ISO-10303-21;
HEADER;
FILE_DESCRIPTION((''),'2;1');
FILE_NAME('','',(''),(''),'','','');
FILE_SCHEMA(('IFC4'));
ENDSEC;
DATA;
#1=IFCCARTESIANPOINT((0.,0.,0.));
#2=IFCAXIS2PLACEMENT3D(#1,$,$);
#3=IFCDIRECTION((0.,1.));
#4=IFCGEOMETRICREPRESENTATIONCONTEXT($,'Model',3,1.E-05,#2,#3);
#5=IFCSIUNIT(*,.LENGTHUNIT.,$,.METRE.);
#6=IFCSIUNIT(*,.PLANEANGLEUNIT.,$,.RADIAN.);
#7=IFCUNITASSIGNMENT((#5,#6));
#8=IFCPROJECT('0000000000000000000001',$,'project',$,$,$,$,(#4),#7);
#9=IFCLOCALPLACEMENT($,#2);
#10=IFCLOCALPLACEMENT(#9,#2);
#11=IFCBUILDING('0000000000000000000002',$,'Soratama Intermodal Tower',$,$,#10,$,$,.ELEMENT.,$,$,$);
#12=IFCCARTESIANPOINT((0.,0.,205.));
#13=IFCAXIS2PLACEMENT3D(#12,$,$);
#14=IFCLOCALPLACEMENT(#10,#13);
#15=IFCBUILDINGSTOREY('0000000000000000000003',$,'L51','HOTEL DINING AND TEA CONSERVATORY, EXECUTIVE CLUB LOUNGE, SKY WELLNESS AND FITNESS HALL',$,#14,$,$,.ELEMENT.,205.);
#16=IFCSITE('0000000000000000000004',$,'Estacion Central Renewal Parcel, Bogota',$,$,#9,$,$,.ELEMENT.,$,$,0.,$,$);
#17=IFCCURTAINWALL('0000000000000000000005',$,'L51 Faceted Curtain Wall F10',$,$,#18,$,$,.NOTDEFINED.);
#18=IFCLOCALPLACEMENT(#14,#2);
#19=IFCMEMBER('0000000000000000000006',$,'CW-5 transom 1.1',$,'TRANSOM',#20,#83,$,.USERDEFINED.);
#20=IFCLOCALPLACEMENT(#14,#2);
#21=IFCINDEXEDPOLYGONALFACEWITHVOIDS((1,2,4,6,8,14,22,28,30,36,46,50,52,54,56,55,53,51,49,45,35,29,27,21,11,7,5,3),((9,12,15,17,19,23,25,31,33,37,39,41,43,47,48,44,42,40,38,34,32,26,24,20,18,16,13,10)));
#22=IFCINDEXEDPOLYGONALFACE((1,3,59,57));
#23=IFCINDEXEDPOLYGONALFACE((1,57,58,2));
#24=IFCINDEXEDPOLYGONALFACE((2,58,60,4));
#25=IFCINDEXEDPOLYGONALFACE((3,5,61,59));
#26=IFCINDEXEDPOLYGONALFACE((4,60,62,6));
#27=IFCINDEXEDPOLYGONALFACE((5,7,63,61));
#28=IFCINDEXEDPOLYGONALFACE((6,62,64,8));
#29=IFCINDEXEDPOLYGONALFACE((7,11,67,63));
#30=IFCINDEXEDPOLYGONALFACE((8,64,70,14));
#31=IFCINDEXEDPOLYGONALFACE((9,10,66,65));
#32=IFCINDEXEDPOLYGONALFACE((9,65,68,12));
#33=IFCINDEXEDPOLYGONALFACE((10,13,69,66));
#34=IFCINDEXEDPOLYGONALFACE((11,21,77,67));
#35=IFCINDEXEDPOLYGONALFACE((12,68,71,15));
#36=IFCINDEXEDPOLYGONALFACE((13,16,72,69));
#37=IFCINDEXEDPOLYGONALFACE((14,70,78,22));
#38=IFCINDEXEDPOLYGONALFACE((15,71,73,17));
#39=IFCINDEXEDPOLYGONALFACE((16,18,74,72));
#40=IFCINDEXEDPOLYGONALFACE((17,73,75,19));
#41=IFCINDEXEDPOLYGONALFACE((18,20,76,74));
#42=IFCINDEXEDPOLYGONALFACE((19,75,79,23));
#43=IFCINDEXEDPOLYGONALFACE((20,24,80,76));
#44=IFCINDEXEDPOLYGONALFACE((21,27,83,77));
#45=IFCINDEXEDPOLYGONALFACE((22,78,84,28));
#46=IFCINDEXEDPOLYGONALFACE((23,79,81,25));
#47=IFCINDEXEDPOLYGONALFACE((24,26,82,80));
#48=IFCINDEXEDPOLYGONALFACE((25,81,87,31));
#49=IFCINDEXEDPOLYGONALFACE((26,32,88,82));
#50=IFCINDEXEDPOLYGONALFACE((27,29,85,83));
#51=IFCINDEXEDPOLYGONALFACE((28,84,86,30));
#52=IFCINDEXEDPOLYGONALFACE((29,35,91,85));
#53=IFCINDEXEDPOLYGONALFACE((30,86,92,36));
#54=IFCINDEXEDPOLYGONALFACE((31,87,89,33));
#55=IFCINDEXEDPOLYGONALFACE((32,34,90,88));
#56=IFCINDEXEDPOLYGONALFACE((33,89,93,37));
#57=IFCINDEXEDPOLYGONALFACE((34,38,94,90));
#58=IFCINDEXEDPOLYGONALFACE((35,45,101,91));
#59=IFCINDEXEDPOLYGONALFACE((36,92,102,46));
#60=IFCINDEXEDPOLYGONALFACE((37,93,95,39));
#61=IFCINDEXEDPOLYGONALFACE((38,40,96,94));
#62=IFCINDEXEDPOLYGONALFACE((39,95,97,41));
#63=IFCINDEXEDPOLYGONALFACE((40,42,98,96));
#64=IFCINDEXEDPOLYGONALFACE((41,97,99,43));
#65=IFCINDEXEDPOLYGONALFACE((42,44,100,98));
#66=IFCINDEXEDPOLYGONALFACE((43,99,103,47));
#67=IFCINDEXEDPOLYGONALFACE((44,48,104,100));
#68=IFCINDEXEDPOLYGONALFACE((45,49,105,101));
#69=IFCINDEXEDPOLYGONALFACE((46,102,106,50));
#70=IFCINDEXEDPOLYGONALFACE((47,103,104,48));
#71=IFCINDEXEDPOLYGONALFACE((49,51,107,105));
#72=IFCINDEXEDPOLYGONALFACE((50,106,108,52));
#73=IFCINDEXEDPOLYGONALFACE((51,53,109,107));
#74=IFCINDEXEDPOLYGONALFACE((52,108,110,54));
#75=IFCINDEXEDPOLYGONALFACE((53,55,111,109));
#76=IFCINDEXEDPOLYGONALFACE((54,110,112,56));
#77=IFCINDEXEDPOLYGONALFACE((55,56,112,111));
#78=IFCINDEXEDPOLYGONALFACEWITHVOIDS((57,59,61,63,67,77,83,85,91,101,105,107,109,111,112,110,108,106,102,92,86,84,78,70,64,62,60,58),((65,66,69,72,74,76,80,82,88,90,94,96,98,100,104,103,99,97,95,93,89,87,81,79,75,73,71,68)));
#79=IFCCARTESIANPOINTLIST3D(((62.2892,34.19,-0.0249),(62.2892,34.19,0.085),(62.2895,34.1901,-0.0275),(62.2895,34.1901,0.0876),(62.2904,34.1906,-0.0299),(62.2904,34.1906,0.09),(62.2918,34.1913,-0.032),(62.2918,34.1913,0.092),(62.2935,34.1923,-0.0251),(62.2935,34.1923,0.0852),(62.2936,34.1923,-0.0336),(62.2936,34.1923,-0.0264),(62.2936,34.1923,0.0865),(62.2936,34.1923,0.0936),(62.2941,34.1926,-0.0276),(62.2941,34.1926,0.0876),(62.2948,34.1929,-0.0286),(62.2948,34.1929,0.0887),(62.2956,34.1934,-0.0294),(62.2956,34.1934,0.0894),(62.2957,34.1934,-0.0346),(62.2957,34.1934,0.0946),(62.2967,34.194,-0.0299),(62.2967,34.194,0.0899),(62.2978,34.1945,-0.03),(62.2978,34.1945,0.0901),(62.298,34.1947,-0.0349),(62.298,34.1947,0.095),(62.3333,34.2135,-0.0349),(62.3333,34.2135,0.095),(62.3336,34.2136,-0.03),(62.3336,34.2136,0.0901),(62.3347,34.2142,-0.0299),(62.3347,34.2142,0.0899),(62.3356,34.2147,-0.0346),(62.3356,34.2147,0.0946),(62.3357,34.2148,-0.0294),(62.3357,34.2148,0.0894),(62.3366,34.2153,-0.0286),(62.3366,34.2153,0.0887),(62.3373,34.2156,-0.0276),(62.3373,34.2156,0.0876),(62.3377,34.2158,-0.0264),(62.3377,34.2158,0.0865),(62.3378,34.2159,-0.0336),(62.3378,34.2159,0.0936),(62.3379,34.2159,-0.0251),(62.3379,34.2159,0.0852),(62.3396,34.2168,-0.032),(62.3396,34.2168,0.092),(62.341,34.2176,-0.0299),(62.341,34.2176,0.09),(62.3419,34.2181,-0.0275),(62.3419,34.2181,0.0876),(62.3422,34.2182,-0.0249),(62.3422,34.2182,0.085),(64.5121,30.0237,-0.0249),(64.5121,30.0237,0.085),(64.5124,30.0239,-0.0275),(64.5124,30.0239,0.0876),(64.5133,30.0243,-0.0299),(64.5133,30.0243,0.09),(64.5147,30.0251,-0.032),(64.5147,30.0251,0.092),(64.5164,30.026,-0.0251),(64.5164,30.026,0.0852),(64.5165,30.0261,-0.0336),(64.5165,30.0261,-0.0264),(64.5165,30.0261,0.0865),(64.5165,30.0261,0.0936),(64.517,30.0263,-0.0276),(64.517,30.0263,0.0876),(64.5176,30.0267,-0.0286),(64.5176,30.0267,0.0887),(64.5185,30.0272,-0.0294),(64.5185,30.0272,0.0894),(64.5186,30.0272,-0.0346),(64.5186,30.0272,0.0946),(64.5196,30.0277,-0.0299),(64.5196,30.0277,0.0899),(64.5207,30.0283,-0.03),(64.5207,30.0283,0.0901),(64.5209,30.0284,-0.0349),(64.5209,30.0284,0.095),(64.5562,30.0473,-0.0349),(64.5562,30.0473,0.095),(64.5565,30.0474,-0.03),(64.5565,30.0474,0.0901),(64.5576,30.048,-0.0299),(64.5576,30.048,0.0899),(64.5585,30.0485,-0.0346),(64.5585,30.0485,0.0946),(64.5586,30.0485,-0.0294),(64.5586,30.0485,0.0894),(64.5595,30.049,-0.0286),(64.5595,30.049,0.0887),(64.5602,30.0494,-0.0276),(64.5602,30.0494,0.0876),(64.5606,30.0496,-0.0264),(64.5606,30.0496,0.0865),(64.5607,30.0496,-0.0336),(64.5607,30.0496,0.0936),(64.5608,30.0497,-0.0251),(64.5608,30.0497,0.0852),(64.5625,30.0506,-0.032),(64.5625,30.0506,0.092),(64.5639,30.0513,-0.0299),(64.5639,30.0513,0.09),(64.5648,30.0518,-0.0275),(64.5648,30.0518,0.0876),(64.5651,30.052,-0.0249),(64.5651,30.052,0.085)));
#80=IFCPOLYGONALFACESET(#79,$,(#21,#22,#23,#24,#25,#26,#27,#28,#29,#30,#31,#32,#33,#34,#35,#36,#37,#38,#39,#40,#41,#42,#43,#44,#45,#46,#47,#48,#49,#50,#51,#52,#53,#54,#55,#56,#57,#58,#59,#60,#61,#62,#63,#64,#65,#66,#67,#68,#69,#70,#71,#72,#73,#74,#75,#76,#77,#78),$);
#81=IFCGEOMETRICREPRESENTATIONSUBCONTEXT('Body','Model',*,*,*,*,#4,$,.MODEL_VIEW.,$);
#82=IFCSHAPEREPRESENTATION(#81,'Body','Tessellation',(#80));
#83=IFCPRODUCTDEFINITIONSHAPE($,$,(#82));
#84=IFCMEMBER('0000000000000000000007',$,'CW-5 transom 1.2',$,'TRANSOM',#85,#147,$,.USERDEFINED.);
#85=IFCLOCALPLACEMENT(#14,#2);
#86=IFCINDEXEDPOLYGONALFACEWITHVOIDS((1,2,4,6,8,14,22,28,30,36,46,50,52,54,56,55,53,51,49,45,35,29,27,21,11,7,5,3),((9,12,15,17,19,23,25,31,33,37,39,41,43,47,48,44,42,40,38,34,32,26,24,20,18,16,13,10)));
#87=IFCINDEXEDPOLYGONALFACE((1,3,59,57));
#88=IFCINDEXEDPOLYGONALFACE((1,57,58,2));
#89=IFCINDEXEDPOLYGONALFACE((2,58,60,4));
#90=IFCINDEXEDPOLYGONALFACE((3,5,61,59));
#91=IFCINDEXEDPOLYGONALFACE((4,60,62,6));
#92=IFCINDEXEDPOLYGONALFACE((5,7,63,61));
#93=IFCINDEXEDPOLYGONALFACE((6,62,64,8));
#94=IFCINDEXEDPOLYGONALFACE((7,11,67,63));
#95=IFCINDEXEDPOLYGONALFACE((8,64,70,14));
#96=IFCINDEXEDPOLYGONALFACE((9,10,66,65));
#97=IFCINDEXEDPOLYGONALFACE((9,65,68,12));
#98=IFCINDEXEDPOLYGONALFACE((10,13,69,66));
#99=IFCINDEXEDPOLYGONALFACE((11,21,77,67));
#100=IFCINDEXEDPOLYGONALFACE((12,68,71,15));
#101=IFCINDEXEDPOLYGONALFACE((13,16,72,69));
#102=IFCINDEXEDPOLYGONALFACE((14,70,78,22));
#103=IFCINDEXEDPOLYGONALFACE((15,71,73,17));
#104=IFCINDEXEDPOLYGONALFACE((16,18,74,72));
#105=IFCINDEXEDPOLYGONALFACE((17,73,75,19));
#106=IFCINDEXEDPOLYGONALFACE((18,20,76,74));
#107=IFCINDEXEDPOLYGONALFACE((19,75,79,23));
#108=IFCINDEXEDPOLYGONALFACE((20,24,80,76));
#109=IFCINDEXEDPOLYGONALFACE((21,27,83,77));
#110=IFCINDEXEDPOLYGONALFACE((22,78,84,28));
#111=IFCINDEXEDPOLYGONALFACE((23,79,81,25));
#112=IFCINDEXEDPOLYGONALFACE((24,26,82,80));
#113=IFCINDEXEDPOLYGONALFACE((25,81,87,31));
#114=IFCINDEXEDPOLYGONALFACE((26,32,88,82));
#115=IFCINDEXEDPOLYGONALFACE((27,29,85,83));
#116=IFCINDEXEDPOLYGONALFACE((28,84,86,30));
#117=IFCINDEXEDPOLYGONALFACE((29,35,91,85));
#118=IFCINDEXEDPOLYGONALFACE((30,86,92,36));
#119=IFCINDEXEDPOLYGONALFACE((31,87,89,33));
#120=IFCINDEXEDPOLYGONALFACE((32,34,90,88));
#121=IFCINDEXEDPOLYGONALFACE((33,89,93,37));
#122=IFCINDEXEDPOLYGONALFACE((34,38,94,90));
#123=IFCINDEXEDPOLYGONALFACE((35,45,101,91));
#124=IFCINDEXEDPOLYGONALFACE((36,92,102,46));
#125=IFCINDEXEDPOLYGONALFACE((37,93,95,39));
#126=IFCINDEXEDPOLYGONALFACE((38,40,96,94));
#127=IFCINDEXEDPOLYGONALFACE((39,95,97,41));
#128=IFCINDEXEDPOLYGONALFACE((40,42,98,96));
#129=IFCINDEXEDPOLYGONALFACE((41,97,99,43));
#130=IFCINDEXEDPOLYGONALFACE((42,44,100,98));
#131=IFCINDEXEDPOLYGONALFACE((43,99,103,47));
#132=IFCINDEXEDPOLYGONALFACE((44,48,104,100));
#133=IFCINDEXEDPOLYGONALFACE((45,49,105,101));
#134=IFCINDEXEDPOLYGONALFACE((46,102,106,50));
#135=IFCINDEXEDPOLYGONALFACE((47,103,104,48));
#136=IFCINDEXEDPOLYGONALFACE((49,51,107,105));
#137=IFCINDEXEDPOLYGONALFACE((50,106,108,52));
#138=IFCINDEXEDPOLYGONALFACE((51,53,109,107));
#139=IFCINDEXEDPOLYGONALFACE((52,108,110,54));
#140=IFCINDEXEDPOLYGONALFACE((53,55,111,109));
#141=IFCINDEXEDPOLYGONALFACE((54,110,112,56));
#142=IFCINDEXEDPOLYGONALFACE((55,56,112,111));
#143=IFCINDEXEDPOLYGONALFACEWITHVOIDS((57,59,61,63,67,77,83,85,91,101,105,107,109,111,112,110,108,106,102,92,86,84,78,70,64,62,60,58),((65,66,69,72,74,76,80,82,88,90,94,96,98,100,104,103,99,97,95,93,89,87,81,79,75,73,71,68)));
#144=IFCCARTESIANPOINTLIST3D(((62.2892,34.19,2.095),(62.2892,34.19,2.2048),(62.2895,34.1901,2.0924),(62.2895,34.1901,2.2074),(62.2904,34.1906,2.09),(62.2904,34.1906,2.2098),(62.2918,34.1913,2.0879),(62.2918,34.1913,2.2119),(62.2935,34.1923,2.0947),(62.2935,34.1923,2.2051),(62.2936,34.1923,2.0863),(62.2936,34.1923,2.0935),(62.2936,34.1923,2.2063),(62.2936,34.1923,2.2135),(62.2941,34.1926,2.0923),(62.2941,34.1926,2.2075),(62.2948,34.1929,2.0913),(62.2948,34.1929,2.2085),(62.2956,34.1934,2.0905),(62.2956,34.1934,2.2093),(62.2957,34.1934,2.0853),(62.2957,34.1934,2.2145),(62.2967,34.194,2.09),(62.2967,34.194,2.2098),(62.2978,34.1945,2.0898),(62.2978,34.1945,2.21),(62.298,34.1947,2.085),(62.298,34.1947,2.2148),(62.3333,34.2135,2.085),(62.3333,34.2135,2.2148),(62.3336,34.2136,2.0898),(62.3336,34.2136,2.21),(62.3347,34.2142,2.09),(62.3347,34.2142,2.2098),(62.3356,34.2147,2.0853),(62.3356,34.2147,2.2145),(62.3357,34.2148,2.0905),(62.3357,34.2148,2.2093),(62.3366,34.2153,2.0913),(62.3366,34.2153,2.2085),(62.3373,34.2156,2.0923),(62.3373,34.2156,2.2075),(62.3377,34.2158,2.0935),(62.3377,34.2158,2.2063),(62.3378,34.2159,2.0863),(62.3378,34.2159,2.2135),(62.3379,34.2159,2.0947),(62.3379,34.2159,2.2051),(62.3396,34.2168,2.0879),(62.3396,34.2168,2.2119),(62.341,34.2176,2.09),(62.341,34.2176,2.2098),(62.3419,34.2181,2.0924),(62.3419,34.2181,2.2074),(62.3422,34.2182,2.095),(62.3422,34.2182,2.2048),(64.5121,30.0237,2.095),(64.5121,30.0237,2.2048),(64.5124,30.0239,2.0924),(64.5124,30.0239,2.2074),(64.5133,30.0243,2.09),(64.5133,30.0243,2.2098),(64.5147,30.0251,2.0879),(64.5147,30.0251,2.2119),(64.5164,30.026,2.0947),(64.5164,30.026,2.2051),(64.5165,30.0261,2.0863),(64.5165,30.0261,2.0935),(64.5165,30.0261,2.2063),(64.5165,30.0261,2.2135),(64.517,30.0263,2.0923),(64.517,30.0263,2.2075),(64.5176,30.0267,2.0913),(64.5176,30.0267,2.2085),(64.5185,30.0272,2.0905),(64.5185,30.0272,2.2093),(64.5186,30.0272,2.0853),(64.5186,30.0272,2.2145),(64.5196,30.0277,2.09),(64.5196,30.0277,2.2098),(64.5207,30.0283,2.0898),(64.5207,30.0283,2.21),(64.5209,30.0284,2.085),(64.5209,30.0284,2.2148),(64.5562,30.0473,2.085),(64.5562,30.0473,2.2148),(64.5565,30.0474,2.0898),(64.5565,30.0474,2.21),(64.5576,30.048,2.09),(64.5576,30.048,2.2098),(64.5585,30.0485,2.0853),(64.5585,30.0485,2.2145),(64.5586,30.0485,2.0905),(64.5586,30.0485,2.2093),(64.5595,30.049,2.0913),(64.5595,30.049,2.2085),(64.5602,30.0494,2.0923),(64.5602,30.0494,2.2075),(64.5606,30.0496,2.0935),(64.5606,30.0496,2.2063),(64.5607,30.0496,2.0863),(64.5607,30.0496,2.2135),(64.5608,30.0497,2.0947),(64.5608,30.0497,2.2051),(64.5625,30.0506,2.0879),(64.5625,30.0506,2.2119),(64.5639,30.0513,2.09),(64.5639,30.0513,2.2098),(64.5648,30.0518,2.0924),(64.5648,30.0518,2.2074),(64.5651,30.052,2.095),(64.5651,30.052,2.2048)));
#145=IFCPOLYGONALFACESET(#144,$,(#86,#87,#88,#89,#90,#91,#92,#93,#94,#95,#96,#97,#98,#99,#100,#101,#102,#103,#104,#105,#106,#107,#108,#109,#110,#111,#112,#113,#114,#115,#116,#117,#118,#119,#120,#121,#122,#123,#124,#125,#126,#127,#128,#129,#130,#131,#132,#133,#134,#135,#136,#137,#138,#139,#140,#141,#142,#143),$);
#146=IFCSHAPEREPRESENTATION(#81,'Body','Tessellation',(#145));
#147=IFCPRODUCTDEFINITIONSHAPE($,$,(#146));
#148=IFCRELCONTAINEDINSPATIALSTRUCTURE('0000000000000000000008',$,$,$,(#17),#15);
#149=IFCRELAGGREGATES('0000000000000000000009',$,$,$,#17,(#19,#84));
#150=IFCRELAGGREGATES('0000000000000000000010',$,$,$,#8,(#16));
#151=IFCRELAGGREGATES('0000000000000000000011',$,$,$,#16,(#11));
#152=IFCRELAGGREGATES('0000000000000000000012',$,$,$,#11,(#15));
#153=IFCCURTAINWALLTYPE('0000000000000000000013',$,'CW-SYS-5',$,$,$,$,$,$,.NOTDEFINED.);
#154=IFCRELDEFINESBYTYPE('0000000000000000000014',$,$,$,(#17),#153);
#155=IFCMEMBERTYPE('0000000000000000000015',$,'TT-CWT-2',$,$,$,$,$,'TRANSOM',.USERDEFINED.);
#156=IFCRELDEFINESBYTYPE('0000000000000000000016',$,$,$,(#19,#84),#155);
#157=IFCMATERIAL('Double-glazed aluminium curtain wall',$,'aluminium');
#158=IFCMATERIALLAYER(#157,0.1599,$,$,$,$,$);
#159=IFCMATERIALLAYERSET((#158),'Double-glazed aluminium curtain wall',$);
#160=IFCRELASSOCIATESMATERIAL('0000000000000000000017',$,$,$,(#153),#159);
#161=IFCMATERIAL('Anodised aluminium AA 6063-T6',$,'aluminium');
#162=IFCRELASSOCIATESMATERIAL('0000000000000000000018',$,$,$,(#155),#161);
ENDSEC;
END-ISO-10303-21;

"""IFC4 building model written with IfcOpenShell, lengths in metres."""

from ifc_helpers import new_model, si_unit, direction, frame, origin, origin_2d, place, context, subcontext, project, spatial, hollow_rectangle, extrude, material, layer, layer_set, material_profile, profile_set, type_object, element, aggregate, save


model = new_model("IFC4")

# Units and contexts
model_context = context("Model", 3, precision=1e-05, world=origin(), true_north=direction((0.0, 1.0)))
body_context = subcontext(model_context, "Body", "Model", "MODEL_VIEW")
ifc_project = project(units=[si_unit("LENGTHUNIT", "METRE"), si_unit("PLANEANGLEUNIT", "RADIAN")], contexts=[model_context])

# Site, building, storey
site_placement = place(None, origin())
site = spatial("IfcSite", under=ifc_project, at=site_placement, Name="Estacion Central Renewal Parcel, Bogota", CompositionType="ELEMENT", RefElevation=0.0)
building_placement = place(site_placement, origin())
building = spatial("IfcBuilding", under=site, at=building_placement, Name="Soratama Intermodal Tower", CompositionType="ELEMENT")
storey_placement = place(building_placement, frame((0.0, 0.0, 205.0)))
storey = spatial("IfcBuildingStorey", under=building, at=storey_placement, Name="L51", Description="HOTEL DINING AND TEA CONSERVATORY, EXECUTIVE CLUB LOUNGE, SKY WELLNESS AND FITNESS HALL", CompositionType="ELEMENT", Elevation=205.0)

# Curtain wall, members
ifc_material_1 = material(Name="Double-glazed aluminium curtain wall", Category="aluminium")
ifc_layer_1 = layer(ifc_material_1, 0.1599)
ifc_layer_set_1 = layer_set([ifc_layer_1], Name="Double-glazed aluminium curtain wall")
curtain_wall_type = type_object("IfcCurtainWallType", Name="CW-SYS-5", PredefinedType="NOTDEFINED", material=ifc_layer_set_1)
curtain_wall_placement = place(storey_placement, origin())
curtain_wall = element("IfcCurtainWall", 1, at=curtain_wall_placement, inside=storey, type_object=curtain_wall_type, Name="L51 Faceted Curtain Wall F10", PredefinedType="NOTDEFINED")
ifc_material_2 = material(Name="Anodised aluminium AA 6063-T6", Category="aluminium")
ifc_material_profile_1 = material_profile(ifc_material_2, hollow_rectangle(XDim=0.0601, YDim=0.1299, WallThickness=0.0049, InnerFilletRadius=0.0049, OuterFilletRadius=0.01, at=origin_2d()), Name="CWT130X60X5")
ifc_profile_set_1 = profile_set([ifc_material_profile_1], Name="Anodised aluminium AA 6063-T6")
member_type_1 = type_object("IfcMemberType", Name="TT-CWT-2", ElementType="TRANSOM", PredefinedType="USERDEFINED", material=ifc_profile_set_1)
member_1_placement = place(storey_placement, frame((64.5386, 30.0378, 0.03), z_axis=(-0.470736, 0.882274, 0.0), x_axis=(-0.882274, -0.470736, 0.0)))
member_1 = element("IfcMember", 2, at=member_1_placement, type_object=member_type_1, Name="CW-5 transom 1.1", ObjectType="TRANSOM", PredefinedType="USERDEFINED", context=body_context, shape_type="SweptSolid", body=[
    extrude(hollow_rectangle(XDim=0.0601, YDim=0.1299, WallThickness=0.0049, InnerFilletRadius=0.0049, OuterFilletRadius=0.01, at=origin_2d()), origin(), (0.0, 0.0, 1.0), 4.7222),
])
member_2_placement = place(storey_placement, frame((64.5386, 30.0378, 2.1499), z_axis=(-0.470736, 0.882274, 0.0), x_axis=(-0.882274, -0.470736, 0.0)))
member_2 = element("IfcMember", 3, at=member_2_placement, type_object=member_type_1, Name="CW-5 transom 1.2", ObjectType="TRANSOM", PredefinedType="USERDEFINED", context=body_context, shape_type="SweptSolid", body=[
    extrude(hollow_rectangle(XDim=0.0601, YDim=0.1299, WallThickness=0.0049, InnerFilletRadius=0.0049, OuterFilletRadius=0.01, at=origin_2d()), origin(), (0.0, 0.0, 1.0), 4.7222),
])
aggregate(curtain_wall, [member_1, member_2])

save(model, "model.ifc")
